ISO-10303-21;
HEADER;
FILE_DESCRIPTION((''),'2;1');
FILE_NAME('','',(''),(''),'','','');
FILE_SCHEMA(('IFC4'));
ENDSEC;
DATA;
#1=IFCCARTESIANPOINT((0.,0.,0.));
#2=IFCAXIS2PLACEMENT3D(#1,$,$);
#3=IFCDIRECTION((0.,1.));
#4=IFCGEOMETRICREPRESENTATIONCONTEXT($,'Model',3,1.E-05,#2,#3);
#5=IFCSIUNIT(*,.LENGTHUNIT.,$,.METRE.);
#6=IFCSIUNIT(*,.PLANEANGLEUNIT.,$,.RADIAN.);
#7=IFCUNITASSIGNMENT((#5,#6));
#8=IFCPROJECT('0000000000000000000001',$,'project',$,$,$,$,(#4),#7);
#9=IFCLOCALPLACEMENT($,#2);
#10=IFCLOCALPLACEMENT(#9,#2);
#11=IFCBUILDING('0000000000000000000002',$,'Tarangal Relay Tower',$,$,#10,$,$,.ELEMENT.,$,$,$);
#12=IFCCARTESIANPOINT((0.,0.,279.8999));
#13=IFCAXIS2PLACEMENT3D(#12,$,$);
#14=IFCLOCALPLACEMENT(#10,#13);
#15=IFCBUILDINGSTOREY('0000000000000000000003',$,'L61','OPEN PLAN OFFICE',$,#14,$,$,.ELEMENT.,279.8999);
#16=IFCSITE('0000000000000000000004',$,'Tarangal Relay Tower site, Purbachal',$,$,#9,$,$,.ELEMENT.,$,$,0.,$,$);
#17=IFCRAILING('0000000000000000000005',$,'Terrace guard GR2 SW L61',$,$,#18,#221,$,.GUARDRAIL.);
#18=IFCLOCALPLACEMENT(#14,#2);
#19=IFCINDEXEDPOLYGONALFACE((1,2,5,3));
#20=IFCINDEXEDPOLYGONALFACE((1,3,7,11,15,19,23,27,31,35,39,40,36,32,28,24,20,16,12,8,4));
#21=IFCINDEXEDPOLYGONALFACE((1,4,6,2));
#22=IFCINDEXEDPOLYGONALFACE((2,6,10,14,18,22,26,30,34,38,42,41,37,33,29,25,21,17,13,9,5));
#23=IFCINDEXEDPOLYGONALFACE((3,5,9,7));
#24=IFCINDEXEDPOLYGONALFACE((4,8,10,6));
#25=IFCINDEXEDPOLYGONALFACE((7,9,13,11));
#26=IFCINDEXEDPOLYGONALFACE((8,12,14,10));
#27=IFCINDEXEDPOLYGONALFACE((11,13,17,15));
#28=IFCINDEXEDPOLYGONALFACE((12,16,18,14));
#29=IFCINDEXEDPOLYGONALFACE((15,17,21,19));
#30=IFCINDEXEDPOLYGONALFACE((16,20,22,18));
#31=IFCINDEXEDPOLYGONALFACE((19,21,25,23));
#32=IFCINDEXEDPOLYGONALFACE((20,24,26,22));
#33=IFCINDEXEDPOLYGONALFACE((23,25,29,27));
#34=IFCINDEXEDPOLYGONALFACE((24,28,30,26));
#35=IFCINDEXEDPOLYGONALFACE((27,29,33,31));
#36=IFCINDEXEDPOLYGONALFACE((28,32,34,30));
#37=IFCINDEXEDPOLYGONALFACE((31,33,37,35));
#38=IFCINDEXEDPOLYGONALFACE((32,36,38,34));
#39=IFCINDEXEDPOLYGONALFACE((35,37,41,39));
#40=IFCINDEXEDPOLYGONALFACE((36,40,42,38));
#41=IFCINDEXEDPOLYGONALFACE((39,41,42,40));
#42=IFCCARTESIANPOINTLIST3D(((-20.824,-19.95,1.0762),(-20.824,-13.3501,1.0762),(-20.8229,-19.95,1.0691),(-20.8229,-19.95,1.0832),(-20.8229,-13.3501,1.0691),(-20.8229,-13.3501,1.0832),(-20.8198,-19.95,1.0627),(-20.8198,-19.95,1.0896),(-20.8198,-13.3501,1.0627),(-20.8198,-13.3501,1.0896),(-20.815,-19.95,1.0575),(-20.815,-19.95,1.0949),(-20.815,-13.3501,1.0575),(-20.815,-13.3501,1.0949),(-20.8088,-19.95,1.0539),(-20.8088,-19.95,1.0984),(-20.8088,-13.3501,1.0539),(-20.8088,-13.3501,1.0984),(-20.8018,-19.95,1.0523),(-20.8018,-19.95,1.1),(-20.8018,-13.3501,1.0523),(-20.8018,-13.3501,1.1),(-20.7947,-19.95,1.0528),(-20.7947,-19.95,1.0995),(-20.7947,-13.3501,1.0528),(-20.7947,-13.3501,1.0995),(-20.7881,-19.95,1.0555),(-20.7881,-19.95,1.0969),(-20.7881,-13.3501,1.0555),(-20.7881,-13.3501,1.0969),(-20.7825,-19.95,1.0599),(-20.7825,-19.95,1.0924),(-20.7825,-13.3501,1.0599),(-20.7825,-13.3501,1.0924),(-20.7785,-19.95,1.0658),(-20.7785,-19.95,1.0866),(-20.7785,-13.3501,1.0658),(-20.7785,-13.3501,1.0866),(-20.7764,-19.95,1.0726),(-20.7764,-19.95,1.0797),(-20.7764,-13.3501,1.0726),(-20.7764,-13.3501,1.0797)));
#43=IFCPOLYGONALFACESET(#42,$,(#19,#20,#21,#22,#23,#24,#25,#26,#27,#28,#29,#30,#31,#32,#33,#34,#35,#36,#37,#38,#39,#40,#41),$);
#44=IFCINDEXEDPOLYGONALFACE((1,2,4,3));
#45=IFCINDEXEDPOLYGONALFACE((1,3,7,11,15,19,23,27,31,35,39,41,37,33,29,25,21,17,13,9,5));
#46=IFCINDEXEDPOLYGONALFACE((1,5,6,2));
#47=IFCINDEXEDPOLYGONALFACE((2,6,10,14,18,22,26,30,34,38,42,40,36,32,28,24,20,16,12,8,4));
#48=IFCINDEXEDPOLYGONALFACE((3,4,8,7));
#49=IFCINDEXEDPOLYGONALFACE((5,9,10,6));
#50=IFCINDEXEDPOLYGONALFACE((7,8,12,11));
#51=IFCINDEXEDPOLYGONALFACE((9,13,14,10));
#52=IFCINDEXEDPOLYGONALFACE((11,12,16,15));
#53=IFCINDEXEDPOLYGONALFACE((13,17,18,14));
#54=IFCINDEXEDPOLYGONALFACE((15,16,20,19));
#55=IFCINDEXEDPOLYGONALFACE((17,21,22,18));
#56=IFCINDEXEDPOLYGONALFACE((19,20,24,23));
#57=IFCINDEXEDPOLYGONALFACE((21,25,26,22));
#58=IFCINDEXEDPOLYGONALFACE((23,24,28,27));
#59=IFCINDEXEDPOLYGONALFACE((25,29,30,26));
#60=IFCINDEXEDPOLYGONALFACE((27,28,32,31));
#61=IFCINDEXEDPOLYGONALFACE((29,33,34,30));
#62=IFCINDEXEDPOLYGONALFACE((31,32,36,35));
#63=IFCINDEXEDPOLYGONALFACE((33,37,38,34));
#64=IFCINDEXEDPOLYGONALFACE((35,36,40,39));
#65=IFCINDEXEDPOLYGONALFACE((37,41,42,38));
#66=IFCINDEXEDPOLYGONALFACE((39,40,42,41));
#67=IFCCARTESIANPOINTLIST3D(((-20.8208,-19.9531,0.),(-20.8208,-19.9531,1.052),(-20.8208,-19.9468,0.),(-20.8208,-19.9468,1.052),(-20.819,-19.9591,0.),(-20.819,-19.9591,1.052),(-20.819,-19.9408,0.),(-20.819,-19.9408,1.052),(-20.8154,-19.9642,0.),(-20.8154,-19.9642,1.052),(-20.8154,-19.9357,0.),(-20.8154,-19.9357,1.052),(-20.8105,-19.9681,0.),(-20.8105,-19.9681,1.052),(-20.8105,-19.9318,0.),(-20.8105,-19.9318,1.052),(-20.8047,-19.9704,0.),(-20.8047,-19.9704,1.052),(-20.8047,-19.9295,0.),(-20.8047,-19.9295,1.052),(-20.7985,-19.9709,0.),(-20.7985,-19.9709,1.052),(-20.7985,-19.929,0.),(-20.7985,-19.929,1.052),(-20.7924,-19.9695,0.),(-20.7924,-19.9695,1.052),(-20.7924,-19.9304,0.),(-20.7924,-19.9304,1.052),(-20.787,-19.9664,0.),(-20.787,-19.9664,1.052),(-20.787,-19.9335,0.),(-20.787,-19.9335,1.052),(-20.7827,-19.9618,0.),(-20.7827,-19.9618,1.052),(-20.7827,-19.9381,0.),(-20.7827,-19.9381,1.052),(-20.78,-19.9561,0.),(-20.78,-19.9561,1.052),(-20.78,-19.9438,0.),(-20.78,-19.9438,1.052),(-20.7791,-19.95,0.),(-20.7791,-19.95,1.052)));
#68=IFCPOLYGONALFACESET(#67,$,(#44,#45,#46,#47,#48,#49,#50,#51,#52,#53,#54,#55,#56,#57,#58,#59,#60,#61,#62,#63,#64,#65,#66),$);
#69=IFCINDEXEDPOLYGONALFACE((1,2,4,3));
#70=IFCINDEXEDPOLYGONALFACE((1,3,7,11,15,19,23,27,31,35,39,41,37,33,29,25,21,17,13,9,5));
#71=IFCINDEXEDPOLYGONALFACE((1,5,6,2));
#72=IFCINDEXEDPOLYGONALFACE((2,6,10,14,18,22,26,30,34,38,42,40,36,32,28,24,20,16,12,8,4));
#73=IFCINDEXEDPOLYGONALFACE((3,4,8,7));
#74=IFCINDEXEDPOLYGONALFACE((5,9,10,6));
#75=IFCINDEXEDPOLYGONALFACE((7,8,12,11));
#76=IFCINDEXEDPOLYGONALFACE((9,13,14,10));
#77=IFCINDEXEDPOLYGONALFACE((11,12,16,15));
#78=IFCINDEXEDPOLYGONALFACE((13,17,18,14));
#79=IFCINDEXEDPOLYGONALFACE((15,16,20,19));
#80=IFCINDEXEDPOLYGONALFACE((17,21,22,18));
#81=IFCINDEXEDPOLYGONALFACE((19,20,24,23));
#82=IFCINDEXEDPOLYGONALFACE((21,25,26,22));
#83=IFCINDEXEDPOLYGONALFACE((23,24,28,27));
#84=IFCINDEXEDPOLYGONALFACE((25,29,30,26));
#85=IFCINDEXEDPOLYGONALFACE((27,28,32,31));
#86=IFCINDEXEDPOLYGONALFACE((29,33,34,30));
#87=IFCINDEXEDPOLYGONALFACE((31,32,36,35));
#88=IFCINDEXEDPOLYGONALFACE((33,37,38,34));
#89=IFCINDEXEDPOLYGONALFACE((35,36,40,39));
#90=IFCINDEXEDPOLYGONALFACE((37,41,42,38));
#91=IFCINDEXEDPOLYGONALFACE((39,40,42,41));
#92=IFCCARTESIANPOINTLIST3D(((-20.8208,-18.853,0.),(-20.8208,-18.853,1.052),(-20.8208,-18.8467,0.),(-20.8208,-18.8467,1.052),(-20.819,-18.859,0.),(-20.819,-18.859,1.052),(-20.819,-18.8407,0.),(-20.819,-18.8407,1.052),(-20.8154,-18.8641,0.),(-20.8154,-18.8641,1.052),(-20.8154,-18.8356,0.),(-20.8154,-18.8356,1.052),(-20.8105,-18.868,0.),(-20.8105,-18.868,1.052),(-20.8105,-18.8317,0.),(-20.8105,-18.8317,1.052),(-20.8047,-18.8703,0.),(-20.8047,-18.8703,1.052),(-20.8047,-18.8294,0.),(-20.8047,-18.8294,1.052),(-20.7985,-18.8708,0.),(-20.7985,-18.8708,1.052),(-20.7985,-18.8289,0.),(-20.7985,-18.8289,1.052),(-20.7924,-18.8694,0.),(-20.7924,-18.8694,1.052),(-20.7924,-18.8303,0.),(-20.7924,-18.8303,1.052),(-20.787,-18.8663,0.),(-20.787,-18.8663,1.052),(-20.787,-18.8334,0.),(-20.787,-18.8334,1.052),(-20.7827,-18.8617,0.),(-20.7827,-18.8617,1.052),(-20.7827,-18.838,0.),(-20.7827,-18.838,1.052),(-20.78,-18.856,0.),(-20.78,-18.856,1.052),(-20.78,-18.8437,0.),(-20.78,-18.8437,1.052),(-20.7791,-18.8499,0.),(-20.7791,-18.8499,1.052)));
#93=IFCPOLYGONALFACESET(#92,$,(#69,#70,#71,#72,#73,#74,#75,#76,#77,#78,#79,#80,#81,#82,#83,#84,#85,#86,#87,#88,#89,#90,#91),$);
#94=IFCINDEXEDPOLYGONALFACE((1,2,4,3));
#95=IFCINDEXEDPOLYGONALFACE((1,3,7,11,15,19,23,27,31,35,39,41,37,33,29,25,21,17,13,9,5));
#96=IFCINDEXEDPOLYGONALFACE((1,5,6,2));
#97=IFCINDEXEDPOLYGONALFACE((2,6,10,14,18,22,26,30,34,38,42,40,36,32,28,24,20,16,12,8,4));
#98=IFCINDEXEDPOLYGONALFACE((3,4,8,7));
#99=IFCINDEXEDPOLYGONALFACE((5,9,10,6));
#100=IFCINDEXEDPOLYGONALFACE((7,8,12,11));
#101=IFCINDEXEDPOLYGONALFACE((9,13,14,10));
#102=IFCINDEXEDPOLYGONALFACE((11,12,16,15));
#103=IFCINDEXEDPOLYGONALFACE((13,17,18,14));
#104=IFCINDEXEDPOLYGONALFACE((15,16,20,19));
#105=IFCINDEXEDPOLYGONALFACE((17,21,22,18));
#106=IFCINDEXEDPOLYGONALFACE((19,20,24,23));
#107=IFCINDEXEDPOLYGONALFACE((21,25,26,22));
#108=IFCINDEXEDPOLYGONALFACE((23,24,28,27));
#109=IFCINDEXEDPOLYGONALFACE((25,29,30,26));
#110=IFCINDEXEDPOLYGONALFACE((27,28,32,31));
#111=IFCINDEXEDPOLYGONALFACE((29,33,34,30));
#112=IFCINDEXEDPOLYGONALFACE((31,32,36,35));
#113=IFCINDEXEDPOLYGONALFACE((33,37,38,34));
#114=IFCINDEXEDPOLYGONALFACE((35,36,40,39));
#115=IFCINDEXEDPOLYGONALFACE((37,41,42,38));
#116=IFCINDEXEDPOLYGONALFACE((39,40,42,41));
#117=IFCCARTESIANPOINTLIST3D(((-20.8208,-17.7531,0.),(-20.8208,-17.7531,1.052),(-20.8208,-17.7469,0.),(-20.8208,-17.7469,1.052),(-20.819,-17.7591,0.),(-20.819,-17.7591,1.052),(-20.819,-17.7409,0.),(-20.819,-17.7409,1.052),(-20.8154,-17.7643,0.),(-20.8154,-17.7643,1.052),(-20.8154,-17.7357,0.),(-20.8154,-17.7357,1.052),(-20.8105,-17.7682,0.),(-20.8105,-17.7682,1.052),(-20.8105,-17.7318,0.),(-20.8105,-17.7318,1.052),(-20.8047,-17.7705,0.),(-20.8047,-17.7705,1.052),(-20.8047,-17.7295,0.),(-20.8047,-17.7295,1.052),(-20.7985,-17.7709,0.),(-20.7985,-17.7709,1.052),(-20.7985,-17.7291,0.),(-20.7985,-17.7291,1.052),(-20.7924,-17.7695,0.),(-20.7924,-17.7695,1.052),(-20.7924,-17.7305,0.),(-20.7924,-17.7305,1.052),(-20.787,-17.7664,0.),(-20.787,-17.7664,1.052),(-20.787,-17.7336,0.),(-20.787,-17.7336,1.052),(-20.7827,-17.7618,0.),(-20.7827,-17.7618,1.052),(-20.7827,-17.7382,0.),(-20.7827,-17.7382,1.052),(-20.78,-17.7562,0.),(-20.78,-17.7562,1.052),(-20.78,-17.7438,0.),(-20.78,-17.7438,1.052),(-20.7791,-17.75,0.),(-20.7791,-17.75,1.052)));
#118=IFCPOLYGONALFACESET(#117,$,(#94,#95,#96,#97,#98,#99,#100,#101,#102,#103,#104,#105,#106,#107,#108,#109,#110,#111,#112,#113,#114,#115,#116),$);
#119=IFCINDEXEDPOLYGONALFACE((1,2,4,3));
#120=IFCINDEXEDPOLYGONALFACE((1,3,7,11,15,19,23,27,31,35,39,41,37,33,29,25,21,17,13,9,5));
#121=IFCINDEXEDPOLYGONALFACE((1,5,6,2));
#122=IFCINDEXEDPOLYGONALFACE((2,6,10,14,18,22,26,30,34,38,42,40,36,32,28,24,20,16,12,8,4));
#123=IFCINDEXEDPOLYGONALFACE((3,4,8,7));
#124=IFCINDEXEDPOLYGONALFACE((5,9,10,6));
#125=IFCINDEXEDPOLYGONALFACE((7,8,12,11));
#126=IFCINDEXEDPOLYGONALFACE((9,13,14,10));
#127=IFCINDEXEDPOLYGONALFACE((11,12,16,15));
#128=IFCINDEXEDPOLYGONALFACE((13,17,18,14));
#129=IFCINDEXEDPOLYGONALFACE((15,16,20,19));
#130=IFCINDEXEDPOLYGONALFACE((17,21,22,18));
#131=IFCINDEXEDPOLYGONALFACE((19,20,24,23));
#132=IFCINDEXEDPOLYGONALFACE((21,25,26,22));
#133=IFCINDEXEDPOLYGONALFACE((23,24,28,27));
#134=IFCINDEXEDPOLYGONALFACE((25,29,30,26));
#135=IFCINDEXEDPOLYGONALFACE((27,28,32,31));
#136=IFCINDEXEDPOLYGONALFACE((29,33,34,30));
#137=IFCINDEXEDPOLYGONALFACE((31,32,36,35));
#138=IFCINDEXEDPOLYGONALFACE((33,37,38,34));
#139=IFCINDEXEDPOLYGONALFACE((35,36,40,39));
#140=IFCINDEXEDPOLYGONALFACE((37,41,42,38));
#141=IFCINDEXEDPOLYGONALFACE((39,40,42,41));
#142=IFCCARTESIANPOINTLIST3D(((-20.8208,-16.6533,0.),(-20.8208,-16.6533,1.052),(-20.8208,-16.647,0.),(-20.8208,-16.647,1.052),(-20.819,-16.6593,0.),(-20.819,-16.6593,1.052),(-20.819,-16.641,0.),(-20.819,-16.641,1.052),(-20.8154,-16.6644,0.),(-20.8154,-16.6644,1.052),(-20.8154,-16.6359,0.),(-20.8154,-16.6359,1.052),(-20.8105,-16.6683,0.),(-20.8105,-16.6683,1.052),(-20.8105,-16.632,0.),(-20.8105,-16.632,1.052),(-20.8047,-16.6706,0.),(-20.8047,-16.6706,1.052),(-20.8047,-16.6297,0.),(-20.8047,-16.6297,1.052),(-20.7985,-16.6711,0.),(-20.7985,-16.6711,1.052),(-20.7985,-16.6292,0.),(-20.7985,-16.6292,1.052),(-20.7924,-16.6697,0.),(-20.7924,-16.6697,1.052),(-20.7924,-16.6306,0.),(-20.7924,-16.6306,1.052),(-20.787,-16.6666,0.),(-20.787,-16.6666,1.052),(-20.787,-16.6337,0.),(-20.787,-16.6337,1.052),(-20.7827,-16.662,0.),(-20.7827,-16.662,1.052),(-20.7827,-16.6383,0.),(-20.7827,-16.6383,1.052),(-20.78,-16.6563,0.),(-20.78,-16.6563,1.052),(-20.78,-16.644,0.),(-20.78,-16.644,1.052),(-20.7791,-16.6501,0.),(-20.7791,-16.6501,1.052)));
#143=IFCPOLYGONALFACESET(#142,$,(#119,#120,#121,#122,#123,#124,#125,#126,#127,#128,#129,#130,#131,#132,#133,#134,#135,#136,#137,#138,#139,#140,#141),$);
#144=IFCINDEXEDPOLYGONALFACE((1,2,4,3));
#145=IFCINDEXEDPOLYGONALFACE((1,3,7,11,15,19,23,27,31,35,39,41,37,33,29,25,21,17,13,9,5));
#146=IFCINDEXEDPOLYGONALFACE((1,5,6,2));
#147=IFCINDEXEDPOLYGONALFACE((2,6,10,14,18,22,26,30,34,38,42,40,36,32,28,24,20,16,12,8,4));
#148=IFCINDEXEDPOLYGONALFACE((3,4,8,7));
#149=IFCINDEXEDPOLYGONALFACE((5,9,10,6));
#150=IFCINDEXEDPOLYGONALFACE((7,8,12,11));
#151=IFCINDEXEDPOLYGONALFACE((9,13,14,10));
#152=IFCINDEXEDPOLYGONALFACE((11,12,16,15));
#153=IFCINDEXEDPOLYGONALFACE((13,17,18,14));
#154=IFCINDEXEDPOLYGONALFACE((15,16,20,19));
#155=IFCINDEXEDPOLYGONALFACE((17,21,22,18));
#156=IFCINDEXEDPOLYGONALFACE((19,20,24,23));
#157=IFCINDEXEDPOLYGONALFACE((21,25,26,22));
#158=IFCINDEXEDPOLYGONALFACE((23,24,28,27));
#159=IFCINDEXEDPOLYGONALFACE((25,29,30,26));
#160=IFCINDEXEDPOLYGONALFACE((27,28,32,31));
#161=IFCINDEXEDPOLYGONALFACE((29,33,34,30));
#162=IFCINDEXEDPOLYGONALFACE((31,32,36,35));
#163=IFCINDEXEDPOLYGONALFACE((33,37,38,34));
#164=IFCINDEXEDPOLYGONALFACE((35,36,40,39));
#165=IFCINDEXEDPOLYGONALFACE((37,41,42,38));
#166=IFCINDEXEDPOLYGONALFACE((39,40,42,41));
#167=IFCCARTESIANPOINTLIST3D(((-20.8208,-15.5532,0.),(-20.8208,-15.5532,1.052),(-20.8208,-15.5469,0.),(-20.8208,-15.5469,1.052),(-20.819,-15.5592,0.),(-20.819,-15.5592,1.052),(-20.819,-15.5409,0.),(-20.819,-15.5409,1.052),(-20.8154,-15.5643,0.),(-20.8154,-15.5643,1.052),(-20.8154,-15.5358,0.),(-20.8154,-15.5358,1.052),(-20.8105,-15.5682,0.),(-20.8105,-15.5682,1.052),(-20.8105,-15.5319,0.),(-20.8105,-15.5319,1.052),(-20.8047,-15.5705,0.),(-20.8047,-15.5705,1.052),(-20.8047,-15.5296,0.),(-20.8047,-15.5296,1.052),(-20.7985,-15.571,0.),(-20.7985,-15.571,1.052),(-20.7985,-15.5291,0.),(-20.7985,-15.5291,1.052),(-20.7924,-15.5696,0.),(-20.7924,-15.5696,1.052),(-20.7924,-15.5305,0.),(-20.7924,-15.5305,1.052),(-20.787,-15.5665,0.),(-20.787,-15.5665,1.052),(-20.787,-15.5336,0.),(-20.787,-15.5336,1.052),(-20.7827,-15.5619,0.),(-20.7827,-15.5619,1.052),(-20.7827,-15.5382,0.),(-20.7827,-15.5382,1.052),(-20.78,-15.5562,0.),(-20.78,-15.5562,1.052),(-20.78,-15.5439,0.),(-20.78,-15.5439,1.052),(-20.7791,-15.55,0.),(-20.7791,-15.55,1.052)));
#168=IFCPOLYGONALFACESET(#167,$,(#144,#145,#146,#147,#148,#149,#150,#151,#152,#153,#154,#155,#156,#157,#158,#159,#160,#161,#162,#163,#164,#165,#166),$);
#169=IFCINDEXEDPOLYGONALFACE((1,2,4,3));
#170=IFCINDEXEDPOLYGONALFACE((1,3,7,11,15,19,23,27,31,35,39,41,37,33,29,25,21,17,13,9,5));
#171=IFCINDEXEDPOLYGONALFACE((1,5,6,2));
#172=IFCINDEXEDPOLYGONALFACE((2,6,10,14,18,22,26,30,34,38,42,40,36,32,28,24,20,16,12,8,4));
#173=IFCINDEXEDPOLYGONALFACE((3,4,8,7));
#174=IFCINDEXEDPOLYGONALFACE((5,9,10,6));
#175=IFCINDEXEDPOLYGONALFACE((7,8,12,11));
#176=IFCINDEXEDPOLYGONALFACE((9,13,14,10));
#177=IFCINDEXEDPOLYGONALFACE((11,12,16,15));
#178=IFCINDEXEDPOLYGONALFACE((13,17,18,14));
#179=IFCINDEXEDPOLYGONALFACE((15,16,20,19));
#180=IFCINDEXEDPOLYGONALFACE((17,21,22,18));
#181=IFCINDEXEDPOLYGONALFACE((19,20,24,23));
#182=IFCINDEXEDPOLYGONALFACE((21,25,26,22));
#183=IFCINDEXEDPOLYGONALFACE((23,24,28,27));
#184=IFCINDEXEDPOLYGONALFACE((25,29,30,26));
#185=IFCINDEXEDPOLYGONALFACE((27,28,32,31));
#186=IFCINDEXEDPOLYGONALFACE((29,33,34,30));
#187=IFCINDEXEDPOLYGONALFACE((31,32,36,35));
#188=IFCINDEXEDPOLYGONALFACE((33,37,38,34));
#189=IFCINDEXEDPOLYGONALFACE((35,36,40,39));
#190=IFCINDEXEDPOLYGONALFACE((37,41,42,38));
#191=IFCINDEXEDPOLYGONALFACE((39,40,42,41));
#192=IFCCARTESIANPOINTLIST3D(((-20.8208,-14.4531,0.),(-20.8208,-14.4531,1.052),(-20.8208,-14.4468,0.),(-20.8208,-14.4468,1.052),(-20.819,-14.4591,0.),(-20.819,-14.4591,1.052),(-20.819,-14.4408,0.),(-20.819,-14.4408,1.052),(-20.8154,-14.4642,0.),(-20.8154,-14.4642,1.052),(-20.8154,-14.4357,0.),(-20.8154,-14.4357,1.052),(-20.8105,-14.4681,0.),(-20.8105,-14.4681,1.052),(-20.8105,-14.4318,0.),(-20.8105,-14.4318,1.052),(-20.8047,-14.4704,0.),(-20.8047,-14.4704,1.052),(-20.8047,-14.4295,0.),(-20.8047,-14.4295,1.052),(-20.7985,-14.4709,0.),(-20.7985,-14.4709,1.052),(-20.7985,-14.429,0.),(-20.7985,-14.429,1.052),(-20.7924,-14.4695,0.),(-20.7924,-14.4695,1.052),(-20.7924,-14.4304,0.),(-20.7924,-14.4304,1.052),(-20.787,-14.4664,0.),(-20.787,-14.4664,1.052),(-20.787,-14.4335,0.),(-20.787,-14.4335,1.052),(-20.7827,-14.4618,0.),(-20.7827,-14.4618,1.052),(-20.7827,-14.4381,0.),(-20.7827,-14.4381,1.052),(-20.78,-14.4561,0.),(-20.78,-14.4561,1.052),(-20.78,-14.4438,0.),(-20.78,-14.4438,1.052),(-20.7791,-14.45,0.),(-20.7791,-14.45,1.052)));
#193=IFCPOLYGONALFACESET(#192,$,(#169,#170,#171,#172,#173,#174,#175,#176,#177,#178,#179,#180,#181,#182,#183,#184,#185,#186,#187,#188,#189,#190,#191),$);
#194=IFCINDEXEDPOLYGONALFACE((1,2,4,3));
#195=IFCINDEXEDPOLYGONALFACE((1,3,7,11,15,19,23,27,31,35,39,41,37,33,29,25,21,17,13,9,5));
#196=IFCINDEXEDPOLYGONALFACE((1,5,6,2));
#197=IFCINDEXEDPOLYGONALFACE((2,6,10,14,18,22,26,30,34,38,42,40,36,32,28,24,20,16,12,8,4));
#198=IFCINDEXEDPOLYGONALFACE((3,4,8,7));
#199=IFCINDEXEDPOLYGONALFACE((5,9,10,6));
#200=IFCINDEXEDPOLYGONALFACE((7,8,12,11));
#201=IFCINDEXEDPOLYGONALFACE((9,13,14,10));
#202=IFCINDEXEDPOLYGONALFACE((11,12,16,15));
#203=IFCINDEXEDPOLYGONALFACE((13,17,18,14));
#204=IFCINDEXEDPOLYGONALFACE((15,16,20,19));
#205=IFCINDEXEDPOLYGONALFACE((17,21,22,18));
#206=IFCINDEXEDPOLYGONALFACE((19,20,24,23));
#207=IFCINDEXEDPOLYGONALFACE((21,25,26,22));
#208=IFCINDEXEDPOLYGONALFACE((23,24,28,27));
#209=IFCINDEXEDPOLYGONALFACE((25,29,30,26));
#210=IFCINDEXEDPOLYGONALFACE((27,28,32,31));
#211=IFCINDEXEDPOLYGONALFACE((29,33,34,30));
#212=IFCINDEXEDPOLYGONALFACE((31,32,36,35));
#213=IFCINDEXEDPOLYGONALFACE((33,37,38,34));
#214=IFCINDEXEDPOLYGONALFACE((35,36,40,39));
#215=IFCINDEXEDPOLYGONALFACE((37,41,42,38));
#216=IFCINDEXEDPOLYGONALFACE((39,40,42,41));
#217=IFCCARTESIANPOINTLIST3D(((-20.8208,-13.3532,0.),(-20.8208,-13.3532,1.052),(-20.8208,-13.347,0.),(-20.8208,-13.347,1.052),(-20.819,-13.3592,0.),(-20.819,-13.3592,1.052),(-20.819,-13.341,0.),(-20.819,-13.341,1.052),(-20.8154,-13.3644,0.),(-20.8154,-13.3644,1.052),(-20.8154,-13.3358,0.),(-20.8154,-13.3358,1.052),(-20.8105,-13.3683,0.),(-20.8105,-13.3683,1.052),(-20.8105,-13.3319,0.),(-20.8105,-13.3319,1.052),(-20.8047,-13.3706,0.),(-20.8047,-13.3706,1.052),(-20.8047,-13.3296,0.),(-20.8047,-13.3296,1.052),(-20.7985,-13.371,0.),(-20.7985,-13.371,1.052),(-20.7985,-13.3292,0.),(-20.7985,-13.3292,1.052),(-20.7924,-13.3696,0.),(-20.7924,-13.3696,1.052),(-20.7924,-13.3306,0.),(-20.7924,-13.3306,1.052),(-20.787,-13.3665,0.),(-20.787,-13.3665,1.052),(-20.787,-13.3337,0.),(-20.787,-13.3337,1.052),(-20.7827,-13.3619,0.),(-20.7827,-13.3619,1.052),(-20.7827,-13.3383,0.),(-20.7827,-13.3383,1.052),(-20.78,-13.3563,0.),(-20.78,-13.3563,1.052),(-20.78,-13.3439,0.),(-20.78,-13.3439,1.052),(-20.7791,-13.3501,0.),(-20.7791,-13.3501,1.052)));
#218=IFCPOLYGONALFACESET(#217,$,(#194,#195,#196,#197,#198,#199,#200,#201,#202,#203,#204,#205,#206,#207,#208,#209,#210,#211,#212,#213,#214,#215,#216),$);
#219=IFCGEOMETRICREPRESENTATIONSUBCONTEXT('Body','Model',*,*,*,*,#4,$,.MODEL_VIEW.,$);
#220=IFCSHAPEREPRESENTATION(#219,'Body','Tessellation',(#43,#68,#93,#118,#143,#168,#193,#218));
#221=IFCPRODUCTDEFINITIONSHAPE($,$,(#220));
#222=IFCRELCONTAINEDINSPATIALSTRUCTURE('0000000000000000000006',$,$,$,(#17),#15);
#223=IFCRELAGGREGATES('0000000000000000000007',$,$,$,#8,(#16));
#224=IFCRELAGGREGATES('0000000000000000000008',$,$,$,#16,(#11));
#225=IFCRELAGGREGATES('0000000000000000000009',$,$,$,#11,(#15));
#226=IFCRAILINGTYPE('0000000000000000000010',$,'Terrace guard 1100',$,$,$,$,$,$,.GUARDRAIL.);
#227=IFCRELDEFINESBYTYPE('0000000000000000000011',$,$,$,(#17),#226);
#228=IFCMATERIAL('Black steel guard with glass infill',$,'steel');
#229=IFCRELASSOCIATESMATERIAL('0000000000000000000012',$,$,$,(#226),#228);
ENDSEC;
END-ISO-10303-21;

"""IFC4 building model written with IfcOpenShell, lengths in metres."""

from ifc_helpers import new_model, si_unit, direction, frame, origin, origin_2d, place, context, subcontext, project, spatial, circle, extrude, material, type_object, element, save


model = new_model("IFC4")

# Units and contexts
model_context = context("Model", 3, precision=1e-05, world=origin(), true_north=direction((0.0, 1.0)))
body_context = subcontext(model_context, "Body", "Model", "MODEL_VIEW")
ifc_project = project(units=[si_unit("LENGTHUNIT", "METRE"), si_unit("PLANEANGLEUNIT", "RADIAN")], contexts=[model_context])

# Site, building, storey
site_placement = place(None, origin())
site = spatial("IfcSite", under=ifc_project, at=site_placement, Name="Tarangal Relay Tower site, Purbachal", CompositionType="ELEMENT", RefElevation=0.0)
building_placement = place(site_placement, origin())
building = spatial("IfcBuilding", under=site, at=building_placement, Name="Tarangal Relay Tower", CompositionType="ELEMENT")
storey_placement = place(building_placement, frame((0.0, 0.0, 279.8999)))
storey = spatial("IfcBuildingStorey", under=building, at=storey_placement, Name="L61", Description="OPEN PLAN OFFICE", CompositionType="ELEMENT", Elevation=279.8999)

# Railing
ifc_material_1 = material(Name="Black steel guard with glass infill", Category="steel")
railing_type = type_object("IfcRailingType", Name="Terrace guard 1100", PredefinedType="GUARDRAIL", material=ifc_material_1)
railing_1_placement = place(storey_placement, frame((-20.8, -19.95, 0.0)))
element("IfcRailing", 1, at=railing_1_placement, inside=storey, type_object=railing_type, Name="Terrace guard GR2 SW L61", PredefinedType="GUARDRAIL", context=body_context, shape_type="SweptSolid", body=[
    extrude(circle(Radius=0.0239, at=origin_2d()), frame((0.0, 0.0, 1.0762), z_axis=(0.0, 1.0, 0.0), x_axis=(-1.0, 0.0, 0.0)), (0.0, 0.0, 1.0), 6.5999),
    extrude(circle(Radius=0.021, at=origin_2d()), origin(), (0.0, 0.0, 1.0), 1.052),
    extrude(circle(Radius=0.021, at=origin_2d()), frame((0.0, 1.1001, 0.0)), (0.0, 0.0, 1.0), 1.052),
    extrude(circle(Radius=0.021, at=origin_2d()), frame((0.0, 2.2, 0.0)), (0.0, 0.0, 1.0), 1.052),
    extrude(circle(Radius=0.021, at=origin_2d()), frame((0.0, 3.2998, 0.0)), (0.0, 0.0, 1.0), 1.052),
    extrude(circle(Radius=0.021, at=origin_2d()), frame((0.0, 4.3999, 0.0)), (0.0, 0.0, 1.0), 1.052),
    extrude(circle(Radius=0.021, at=origin_2d()), frame((0.0, 5.5, 0.0)), (0.0, 0.0, 1.0), 1.052),
    extrude(circle(Radius=0.021, at=origin_2d()), frame((0.0, 6.5999, 0.0)), (0.0, 0.0, 1.0), 1.052),
])

save(model, "model.ifc")
